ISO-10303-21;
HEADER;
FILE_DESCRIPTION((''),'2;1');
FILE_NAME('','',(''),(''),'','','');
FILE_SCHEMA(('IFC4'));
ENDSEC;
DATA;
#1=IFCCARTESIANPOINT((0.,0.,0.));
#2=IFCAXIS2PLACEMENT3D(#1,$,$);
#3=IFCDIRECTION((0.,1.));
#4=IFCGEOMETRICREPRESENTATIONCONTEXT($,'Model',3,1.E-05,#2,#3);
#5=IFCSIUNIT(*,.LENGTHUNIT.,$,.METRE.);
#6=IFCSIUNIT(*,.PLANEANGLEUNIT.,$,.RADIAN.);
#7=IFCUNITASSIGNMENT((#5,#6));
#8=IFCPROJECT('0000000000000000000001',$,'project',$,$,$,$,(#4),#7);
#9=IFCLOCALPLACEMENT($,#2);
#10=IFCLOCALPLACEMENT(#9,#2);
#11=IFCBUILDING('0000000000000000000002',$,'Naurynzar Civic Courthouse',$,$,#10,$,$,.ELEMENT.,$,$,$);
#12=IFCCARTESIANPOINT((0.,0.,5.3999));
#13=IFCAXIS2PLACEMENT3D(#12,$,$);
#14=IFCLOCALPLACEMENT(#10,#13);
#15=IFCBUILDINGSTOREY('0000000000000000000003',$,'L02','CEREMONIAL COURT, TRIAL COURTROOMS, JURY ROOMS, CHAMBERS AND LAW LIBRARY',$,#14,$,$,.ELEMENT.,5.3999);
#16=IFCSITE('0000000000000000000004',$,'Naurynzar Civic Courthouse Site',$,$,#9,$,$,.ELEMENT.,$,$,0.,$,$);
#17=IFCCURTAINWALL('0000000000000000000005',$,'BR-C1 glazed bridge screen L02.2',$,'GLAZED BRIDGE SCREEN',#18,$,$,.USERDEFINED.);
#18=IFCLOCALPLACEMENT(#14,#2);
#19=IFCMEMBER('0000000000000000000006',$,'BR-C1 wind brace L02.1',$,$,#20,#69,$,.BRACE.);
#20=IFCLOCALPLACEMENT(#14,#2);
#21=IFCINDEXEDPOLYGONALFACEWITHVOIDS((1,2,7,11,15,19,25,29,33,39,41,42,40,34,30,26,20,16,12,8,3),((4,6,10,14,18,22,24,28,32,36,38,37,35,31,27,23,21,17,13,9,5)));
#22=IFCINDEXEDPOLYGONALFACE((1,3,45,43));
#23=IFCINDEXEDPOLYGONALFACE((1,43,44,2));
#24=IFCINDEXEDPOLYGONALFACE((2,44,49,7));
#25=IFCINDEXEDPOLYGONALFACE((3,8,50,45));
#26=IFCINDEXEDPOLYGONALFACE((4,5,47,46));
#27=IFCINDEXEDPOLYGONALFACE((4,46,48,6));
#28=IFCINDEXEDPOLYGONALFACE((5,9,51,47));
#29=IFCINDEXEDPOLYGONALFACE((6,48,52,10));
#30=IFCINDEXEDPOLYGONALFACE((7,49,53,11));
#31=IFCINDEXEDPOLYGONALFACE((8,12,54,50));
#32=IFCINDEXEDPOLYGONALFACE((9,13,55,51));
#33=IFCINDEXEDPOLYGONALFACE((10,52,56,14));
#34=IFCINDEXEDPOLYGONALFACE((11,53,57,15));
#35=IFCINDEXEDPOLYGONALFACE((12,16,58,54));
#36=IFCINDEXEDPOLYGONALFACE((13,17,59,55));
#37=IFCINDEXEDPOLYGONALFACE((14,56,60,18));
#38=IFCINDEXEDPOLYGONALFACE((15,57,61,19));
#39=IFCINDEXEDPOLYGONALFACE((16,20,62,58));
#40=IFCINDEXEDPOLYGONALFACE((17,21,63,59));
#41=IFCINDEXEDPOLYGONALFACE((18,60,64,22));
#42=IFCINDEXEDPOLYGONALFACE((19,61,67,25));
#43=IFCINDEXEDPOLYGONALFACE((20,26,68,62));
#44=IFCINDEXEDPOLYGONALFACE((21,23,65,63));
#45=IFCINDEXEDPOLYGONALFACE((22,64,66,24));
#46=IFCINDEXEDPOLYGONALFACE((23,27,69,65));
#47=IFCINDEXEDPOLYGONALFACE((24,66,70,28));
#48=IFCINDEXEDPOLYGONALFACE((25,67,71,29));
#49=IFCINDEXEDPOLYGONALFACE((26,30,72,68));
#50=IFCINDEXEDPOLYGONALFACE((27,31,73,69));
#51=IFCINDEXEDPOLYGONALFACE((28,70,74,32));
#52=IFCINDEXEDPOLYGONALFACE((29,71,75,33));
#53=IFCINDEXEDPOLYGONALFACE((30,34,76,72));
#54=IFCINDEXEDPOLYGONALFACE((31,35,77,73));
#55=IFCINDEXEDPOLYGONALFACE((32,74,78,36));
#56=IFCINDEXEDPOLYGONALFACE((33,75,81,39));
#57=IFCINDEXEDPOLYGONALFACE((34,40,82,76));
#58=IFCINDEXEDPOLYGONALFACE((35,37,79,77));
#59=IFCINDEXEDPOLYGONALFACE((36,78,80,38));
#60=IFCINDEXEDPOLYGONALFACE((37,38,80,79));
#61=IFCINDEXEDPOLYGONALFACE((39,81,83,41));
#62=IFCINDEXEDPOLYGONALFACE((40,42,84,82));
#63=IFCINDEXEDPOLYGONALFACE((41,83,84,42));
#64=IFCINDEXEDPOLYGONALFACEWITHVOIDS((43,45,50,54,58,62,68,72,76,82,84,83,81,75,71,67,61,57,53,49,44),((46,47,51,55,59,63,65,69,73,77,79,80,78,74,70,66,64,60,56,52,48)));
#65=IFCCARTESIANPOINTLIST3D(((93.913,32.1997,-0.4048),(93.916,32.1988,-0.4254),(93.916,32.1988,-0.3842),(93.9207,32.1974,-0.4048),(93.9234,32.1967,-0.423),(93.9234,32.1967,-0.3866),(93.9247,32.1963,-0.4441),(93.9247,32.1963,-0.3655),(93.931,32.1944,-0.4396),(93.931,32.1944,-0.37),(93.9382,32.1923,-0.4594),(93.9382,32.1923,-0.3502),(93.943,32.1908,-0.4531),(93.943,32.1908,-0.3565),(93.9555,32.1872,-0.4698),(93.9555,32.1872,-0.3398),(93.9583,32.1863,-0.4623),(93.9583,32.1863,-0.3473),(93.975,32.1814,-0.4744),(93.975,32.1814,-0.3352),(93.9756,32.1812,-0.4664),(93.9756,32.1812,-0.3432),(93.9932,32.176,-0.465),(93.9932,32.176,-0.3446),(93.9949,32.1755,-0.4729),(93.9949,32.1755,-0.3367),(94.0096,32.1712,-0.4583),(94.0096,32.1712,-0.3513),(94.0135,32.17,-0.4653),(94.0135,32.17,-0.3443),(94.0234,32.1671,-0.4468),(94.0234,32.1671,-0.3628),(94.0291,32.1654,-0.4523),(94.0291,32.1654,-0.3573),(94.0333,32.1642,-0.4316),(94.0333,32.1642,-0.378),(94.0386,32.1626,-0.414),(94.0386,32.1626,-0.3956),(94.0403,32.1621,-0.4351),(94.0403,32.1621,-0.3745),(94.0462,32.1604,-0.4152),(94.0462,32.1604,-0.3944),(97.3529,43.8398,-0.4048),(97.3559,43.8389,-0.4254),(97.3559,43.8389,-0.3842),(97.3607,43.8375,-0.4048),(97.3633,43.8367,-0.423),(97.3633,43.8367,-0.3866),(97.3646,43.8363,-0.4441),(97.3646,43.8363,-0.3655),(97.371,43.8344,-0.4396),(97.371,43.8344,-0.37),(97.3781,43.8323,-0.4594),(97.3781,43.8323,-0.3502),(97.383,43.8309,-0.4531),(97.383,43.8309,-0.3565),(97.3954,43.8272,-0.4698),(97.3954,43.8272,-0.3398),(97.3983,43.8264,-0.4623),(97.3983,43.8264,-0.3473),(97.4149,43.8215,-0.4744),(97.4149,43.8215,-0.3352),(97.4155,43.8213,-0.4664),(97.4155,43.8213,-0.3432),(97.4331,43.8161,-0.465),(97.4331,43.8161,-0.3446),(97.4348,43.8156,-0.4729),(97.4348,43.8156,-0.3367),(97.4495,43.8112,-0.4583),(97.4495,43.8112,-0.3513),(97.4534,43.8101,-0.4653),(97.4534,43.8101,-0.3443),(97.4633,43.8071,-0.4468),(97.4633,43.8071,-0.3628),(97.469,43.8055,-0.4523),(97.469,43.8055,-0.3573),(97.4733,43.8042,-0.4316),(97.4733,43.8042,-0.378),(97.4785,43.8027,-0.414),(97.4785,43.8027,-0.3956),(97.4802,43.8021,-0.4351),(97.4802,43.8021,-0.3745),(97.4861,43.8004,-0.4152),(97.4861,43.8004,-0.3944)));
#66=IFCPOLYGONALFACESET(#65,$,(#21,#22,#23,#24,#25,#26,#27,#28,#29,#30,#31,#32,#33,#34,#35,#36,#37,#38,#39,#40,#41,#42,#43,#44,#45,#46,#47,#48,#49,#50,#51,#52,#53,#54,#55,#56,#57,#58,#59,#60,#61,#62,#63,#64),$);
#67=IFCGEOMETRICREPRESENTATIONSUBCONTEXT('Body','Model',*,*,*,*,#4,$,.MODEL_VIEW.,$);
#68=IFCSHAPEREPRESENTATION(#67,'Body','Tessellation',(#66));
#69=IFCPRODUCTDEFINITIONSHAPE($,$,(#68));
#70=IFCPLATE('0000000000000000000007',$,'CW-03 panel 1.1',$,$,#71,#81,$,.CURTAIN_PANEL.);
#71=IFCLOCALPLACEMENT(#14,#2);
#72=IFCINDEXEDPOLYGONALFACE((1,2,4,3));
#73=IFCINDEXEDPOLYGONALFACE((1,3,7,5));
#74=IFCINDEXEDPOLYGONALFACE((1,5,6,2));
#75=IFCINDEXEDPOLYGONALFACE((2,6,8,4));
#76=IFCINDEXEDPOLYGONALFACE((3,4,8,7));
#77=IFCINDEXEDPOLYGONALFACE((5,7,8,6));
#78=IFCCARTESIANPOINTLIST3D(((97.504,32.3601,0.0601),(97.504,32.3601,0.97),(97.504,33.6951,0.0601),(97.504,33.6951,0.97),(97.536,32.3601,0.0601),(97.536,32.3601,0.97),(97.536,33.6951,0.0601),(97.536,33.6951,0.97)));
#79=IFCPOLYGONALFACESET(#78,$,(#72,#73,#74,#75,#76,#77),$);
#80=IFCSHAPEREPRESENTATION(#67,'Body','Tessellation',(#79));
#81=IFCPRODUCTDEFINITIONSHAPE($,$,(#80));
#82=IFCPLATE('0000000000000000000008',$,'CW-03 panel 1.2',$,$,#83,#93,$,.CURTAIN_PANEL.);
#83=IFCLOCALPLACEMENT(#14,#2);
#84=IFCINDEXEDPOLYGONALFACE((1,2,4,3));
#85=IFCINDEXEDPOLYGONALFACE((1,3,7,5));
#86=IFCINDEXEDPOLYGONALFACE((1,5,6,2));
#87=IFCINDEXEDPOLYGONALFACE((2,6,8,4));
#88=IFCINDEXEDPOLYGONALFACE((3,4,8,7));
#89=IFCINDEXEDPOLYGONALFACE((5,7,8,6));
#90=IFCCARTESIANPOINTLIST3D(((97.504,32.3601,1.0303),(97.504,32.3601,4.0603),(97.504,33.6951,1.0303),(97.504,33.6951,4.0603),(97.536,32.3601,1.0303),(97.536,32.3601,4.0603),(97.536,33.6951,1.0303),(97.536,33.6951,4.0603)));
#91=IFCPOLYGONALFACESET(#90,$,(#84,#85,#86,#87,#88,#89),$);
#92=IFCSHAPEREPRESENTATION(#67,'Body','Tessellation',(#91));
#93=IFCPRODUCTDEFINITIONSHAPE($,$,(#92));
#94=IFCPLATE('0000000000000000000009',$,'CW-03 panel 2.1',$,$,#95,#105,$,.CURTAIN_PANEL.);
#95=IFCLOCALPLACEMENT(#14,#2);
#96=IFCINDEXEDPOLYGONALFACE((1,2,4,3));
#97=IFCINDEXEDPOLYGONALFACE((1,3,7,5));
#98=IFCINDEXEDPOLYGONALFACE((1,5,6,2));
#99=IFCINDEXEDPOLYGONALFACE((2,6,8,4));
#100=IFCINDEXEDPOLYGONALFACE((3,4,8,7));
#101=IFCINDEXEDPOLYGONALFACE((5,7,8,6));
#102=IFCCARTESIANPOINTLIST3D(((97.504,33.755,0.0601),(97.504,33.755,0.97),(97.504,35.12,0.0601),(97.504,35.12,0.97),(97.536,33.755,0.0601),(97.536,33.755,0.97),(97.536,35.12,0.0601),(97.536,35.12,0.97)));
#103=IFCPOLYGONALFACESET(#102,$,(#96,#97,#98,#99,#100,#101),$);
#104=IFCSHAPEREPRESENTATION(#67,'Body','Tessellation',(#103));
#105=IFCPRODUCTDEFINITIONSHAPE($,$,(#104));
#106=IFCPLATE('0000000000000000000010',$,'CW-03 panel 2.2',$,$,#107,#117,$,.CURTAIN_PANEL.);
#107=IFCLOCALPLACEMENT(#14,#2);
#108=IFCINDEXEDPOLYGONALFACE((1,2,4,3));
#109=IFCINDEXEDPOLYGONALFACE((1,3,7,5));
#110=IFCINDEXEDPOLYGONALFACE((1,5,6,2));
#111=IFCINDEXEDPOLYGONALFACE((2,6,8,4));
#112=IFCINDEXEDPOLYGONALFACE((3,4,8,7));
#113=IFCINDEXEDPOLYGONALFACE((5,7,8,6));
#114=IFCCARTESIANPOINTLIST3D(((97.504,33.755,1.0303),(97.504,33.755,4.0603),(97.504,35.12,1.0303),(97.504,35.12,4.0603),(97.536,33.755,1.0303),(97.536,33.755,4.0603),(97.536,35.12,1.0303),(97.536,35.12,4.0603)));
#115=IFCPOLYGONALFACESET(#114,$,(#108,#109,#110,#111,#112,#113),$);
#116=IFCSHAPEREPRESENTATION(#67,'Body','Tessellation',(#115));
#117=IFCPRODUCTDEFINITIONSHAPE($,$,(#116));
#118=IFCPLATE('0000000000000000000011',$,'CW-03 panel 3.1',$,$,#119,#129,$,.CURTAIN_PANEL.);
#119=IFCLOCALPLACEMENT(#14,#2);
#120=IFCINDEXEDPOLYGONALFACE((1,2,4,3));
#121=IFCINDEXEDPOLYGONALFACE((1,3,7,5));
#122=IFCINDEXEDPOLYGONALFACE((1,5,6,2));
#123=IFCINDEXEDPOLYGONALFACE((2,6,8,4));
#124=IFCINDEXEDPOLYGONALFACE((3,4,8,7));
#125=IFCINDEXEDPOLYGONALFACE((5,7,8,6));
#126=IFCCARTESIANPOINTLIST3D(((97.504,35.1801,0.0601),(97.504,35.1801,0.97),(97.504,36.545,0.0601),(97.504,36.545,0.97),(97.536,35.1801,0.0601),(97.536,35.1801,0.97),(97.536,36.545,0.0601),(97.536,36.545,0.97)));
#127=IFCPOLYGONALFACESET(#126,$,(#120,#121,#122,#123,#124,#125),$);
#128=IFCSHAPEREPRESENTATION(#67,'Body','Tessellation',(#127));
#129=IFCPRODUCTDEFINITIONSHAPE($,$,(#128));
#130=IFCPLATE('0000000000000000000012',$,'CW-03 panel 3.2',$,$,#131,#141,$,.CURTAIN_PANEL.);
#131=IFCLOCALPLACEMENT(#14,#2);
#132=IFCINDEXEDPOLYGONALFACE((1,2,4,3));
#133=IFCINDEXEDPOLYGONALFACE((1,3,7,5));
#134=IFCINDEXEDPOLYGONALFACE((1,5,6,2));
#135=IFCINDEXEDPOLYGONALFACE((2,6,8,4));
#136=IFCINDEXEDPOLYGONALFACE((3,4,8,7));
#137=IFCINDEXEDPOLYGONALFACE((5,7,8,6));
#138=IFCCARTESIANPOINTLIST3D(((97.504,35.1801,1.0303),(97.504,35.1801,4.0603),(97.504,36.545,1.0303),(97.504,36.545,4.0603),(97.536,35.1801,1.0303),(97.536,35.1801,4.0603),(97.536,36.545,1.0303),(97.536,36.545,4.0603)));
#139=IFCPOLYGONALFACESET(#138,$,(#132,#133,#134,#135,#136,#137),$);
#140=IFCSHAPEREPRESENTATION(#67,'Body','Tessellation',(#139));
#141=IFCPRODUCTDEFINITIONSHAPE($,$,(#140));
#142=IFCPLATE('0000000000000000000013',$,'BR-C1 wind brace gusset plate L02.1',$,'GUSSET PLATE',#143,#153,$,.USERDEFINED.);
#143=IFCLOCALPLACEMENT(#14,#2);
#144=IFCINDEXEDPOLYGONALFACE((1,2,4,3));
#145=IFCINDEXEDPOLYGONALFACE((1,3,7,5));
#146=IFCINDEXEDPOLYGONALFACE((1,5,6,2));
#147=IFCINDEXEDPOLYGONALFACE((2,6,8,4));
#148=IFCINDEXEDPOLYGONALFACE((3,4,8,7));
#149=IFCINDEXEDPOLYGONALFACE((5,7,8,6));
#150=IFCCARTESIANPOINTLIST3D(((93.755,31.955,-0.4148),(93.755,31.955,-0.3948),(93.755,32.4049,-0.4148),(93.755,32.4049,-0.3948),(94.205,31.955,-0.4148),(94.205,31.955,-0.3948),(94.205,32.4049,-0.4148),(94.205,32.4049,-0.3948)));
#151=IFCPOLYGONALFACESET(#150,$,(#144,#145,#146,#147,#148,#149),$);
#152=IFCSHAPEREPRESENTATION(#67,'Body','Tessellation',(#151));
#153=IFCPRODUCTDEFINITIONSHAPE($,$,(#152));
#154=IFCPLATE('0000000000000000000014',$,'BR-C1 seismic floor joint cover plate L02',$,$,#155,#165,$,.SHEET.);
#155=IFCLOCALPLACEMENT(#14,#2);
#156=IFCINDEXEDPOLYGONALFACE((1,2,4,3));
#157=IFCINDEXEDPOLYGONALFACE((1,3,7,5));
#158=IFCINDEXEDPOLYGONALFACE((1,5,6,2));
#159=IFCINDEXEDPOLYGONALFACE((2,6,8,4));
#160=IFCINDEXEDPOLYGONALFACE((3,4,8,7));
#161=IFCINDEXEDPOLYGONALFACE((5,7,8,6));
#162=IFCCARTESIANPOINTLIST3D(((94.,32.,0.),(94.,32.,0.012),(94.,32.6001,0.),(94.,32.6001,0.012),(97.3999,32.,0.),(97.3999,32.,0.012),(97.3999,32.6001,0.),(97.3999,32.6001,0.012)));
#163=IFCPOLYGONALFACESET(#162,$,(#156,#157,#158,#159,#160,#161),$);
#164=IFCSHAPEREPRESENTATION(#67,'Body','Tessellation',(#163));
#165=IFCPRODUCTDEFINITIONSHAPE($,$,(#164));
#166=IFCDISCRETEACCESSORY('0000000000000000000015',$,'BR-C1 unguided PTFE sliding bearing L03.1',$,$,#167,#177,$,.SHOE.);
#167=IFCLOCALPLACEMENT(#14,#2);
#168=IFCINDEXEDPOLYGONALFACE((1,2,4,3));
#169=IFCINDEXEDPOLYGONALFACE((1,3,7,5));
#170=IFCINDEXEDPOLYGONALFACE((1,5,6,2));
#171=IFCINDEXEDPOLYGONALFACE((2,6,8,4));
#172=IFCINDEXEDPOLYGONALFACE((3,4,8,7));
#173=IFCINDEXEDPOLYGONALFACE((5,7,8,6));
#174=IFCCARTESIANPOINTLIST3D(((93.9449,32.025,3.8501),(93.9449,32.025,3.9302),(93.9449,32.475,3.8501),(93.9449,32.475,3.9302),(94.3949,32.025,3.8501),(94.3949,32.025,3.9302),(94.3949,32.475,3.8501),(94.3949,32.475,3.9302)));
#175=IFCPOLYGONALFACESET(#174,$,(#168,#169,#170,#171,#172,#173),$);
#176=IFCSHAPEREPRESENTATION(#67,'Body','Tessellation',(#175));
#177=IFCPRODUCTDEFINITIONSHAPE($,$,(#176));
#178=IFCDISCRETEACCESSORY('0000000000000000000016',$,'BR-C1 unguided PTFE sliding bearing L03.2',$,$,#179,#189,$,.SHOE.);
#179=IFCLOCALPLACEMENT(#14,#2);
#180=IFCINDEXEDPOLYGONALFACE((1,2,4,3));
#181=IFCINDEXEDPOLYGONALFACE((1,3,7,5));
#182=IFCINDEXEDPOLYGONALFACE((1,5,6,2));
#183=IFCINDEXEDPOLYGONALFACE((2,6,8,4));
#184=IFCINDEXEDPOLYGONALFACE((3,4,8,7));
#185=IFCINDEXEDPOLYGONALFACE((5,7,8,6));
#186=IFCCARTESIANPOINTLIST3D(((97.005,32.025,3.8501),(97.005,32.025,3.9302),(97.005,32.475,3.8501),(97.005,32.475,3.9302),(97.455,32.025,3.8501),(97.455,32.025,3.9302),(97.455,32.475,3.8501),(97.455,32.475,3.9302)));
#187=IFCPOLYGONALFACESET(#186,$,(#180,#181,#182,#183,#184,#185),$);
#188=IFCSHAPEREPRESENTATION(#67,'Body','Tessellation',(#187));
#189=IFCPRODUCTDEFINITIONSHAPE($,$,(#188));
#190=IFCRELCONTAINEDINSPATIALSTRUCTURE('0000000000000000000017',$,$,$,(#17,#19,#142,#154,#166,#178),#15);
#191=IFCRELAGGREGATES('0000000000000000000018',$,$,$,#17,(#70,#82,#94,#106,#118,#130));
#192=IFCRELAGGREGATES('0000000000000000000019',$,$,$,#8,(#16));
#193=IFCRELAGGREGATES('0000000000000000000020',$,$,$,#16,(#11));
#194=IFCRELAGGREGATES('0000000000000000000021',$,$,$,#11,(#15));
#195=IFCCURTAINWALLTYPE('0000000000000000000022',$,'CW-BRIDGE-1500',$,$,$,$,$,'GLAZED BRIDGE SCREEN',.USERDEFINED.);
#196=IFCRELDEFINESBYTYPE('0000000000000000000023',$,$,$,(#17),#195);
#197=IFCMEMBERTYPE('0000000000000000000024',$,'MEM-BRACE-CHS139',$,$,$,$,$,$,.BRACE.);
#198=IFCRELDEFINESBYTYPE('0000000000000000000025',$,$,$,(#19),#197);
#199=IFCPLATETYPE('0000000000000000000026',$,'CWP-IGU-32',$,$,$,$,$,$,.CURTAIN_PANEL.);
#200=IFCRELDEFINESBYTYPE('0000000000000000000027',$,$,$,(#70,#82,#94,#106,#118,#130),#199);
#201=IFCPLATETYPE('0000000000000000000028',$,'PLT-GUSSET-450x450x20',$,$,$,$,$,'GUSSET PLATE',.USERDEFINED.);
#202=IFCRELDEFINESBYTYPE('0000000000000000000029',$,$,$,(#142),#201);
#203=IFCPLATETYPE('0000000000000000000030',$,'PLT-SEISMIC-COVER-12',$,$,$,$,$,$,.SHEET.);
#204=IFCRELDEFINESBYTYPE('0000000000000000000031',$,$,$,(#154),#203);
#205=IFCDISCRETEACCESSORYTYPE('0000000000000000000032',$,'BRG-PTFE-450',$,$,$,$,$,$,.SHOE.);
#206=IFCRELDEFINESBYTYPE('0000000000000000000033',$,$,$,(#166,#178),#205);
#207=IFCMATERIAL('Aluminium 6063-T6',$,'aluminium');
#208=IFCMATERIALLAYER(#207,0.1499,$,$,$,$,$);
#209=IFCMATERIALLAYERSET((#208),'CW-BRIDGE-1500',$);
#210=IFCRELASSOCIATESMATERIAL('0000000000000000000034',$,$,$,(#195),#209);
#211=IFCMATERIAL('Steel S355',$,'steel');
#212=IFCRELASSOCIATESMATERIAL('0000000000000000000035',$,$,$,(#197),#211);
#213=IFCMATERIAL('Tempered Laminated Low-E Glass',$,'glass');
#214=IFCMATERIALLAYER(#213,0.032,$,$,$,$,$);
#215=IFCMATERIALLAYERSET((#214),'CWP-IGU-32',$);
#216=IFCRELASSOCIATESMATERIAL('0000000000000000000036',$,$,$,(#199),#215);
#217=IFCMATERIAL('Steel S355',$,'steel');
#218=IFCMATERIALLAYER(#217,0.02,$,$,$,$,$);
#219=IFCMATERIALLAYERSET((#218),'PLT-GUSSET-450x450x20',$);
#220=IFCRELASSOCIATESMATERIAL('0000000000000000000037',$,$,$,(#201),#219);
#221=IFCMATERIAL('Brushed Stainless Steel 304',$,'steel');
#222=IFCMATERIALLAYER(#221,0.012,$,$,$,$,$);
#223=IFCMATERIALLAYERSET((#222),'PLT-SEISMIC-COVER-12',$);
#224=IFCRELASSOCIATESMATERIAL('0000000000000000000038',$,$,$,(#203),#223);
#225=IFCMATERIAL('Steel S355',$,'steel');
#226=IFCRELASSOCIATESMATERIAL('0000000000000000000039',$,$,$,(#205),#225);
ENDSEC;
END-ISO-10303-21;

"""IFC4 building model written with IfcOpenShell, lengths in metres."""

from ifc_helpers import new_model, si_unit, direction, frame, origin, origin_2d, place, context, subcontext, project, spatial, rectangle, hollow_circle, extrude, material, layer, layer_set, material_profile, profile_set, type_object, element, aggregate, save


model = new_model("IFC4")

# Units and contexts
model_context = context("Model", 3, precision=1e-05, world=origin(), true_north=direction((0.0, 1.0)))
body_context = subcontext(model_context, "Body", "Model", "MODEL_VIEW")
ifc_project = project(units=[si_unit("LENGTHUNIT", "METRE"), si_unit("PLANEANGLEUNIT", "RADIAN")], contexts=[model_context])

# Site, building, storey
site_placement = place(None, origin())
site = spatial("IfcSite", under=ifc_project, at=site_placement, Name="Naurynzar Civic Courthouse Site", CompositionType="ELEMENT", RefElevation=0.0)
building_placement = place(site_placement, origin())
building = spatial("IfcBuilding", under=site, at=building_placement, Name="Naurynzar Civic Courthouse", CompositionType="ELEMENT")
storey_placement = place(building_placement, frame((0.0, 0.0, 5.3999)))
storey = spatial("IfcBuildingStorey", under=building, at=storey_placement, Name="L02", Description="CEREMONIAL COURT, TRIAL COURTROOMS, JURY ROOMS, CHAMBERS AND LAW LIBRARY", CompositionType="ELEMENT", Elevation=5.3999)

# Shared definitions
ifc_material_1 = material(Name="Aluminium 6063-T6", Category="aluminium")
ifc_layer_1 = layer(ifc_material_1, 0.1499)
ifc_layer_set_1 = layer_set([ifc_layer_1], Name="CW-BRIDGE-1500")
curtain_wall_type_1 = type_object("IfcCurtainWallType", Name="CW-BRIDGE-1500", ElementType="GLAZED BRIDGE SCREEN", PredefinedType="USERDEFINED", material=ifc_layer_set_1)

# Curtain wall
curtain_wall_1_placement = place(storey_placement, origin())
curtain_wall_1 = element("IfcCurtainWall", 1, at=curtain_wall_1_placement, inside=storey, type_object=curtain_wall_type_1, Name="BR-C1 glazed bridge screen L02.2", ObjectType="GLAZED BRIDGE SCREEN", PredefinedType="USERDEFINED")

# Member
ifc_material_2 = material(Name="Steel S355", Category="steel")
ifc_material_profile_1 = material_profile(ifc_material_2, hollow_circle(Radius=0.0698, WallThickness=0.0081, at=origin_2d()), Name="CHS 139.7x8")
ifc_profile_set_1 = profile_set([ifc_material_profile_1], Name="Steel S355")
member_type_1 = type_object("IfcMemberType", Name="MEM-BRACE-CHS139", PredefinedType="BRACE", material=ifc_profile_set_1)
member_1_placement = place(storey_placement, frame((93.98, 32.1799, -0.4048), z_axis=(0.283408, 0.959, 0.0), x_axis=(-0.959, 0.283408, 0.0)))
element("IfcMember", 2, at=member_1_placement, inside=storey, type_object=member_type_1, Name="BR-C1 wind brace L02.1", PredefinedType="BRACE", context=body_context, shape_type="SweptSolid", body=[
    extrude(hollow_circle(Radius=0.0698, WallThickness=0.0081, at=origin_2d()), origin(), (0.0, 0.0, 1.0), 12.1377),
])

# Plates
ifc_material_3 = material(Name="Tempered Laminated Low-E Glass", Category="glass")
ifc_layer_2 = layer(ifc_material_3, 0.032)
ifc_layer_set_2 = layer_set([ifc_layer_2], Name="CWP-IGU-32")
plate_type_1 = type_object("IfcPlateType", Name="CWP-IGU-32", PredefinedType="CURTAIN_PANEL", material=ifc_layer_set_2)
plate_1_placement = place(storey_placement, frame((97.52, 33.0276, 0.0601), z_axis=(0.0, 0.0, 1.0), x_axis=(0.0, 1.0, 0.0)))
plate_1 = element("IfcPlate", 3, at=plate_1_placement, type_object=plate_type_1, Name="CW-03 panel 1.1", PredefinedType="CURTAIN_PANEL", context=body_context, shape_type="SweptSolid", body=[
    extrude(rectangle(XDim=1.335, YDim=0.032, at=origin_2d()), origin(), (0.0, 0.0, 1.0), 0.9099),
])
plate_2_placement = place(storey_placement, frame((97.52, 33.0276, 1.0303), z_axis=(0.0, 0.0, 1.0), x_axis=(0.0, 1.0, 0.0)))
plate_2 = element("IfcPlate", 4, at=plate_2_placement, type_object=plate_type_1, Name="CW-03 panel 1.2", PredefinedType="CURTAIN_PANEL", context=body_context, shape_type="SweptSolid", body=[
    extrude(rectangle(XDim=1.335, YDim=0.032, at=origin_2d()), origin(), (0.0, 0.0, 1.0), 3.03),
])
plate_3_placement = place(storey_placement, frame((97.52, 34.4375, 0.0601), z_axis=(0.0, 0.0, 1.0), x_axis=(0.0, 1.0, 0.0)))
plate_3 = element("IfcPlate", 5, at=plate_3_placement, type_object=plate_type_1, Name="CW-03 panel 2.1", PredefinedType="CURTAIN_PANEL", context=body_context, shape_type="SweptSolid", body=[
    extrude(rectangle(XDim=1.365, YDim=0.032, at=origin_2d()), origin(), (0.0, 0.0, 1.0), 0.9099),
])
plate_4_placement = place(storey_placement, frame((97.52, 34.4375, 1.0303), z_axis=(0.0, 0.0, 1.0), x_axis=(0.0, 1.0, 0.0)))
plate_4 = element("IfcPlate", 6, at=plate_4_placement, type_object=plate_type_1, Name="CW-03 panel 2.2", PredefinedType="CURTAIN_PANEL", context=body_context, shape_type="SweptSolid", body=[
    extrude(rectangle(XDim=1.365, YDim=0.032, at=origin_2d()), origin(), (0.0, 0.0, 1.0), 3.03),
])
plate_5_placement = place(storey_placement, frame((97.52, 35.8625, 0.0601), z_axis=(0.0, 0.0, 1.0), x_axis=(0.0, 1.0, 0.0)))
plate_5 = element("IfcPlate", 7, at=plate_5_placement, type_object=plate_type_1, Name="CW-03 panel 3.1", PredefinedType="CURTAIN_PANEL", context=body_context, shape_type="SweptSolid", body=[
    extrude(rectangle(XDim=1.365, YDim=0.032, at=origin_2d()), origin(), (0.0, 0.0, 1.0), 0.9099),
])
plate_6_placement = place(storey_placement, frame((97.52, 35.8625, 1.0303), z_axis=(0.0, 0.0, 1.0), x_axis=(0.0, 1.0, 0.0)))
plate_6 = element("IfcPlate", 8, at=plate_6_placement, type_object=plate_type_1, Name="CW-03 panel 3.2", PredefinedType="CURTAIN_PANEL", context=body_context, shape_type="SweptSolid", body=[
    extrude(rectangle(XDim=1.365, YDim=0.032, at=origin_2d()), origin(), (0.0, 0.0, 1.0), 3.03),
])
aggregate(curtain_wall_1, [plate_1, plate_2, plate_3, plate_4, plate_5, plate_6])

# Plates
ifc_material_4 = material(Name="Steel S355", Category="steel")
ifc_layer_3 = layer(ifc_material_4, 0.02)
ifc_layer_set_3 = layer_set([ifc_layer_3], Name="PLT-GUSSET-450x450x20")
plate_type_2 = type_object("IfcPlateType", Name="PLT-GUSSET-450x450x20", ElementType="GUSSET PLATE", PredefinedType="USERDEFINED", material=ifc_layer_set_3)
plate_7_placement = place(storey_placement, frame((93.98, 32.1799, -0.4148), z_axis=(0.0, 0.0, 1.0), x_axis=(1.0, 0.0, 0.0)))
element("IfcPlate", 9, at=plate_7_placement, inside=storey, type_object=plate_type_2, Name="BR-C1 wind brace gusset plate L02.1", ObjectType="GUSSET PLATE", PredefinedType="USERDEFINED", context=body_context, shape_type="SweptSolid", body=[
    extrude(rectangle(XDim=0.45, YDim=0.45, at=origin_2d()), origin(), (0.0, 0.0, 1.0), 0.02),
])
ifc_material_5 = material(Name="Brushed Stainless Steel 304", Category="steel")
ifc_layer_4 = layer(ifc_material_5, 0.012)
ifc_layer_set_4 = layer_set([ifc_layer_4], Name="PLT-SEISMIC-COVER-12")
plate_type_3 = type_object("IfcPlateType", Name="PLT-SEISMIC-COVER-12", PredefinedType="SHEET", material=ifc_layer_set_4)
plate_8_placement = place(storey_placement, frame((95.7, 32.3, 0.0), z_axis=(0.0, 0.0, 1.0), x_axis=(1.0, 0.0, 0.0)))
element("IfcPlate", 10, at=plate_8_placement, inside=storey, type_object=plate_type_3, Name="BR-C1 seismic floor joint cover plate L02", PredefinedType="SHEET", context=body_context, shape_type="SweptSolid", body=[
    extrude(rectangle(XDim=3.3999, YDim=0.6001, at=origin_2d()), origin(), (0.0, 0.0, 1.0), 0.012),
])

# Discrete accessories
ifc_material_6 = material(Name="Steel S355", Category="steel")
discrete_accessory_type_1 = type_object("IfcDiscreteAccessoryType", Name="BRG-PTFE-450", PredefinedType="SHOE", material=ifc_material_6)
for number, where, z_axis, x_axis, name in (
    (11, (94.1699, 32.25, 3.8501), (0.0, 0.0, 1.0), (1.0, 0.0, 0.0), "BR-C1 unguided PTFE sliding bearing L03.1"),
    (12, (97.23, 32.25, 3.8501), (0.0, 0.0, 1.0), (1.0, 0.0, 0.0), "BR-C1 unguided PTFE sliding bearing L03.2"),
):
    element("IfcDiscreteAccessory", number, at=place(storey_placement, frame(where, z_axis=z_axis, x_axis=x_axis)), inside=storey, type_object=discrete_accessory_type_1, Name=name, PredefinedType="SHOE", context=body_context, shape_type="SweptSolid", body=[
        extrude(rectangle(XDim=0.45, YDim=0.45, at=origin_2d()), origin(), (0.0, 0.0, 1.0), 0.0801),
    ])

save(model, "model.ifc")
